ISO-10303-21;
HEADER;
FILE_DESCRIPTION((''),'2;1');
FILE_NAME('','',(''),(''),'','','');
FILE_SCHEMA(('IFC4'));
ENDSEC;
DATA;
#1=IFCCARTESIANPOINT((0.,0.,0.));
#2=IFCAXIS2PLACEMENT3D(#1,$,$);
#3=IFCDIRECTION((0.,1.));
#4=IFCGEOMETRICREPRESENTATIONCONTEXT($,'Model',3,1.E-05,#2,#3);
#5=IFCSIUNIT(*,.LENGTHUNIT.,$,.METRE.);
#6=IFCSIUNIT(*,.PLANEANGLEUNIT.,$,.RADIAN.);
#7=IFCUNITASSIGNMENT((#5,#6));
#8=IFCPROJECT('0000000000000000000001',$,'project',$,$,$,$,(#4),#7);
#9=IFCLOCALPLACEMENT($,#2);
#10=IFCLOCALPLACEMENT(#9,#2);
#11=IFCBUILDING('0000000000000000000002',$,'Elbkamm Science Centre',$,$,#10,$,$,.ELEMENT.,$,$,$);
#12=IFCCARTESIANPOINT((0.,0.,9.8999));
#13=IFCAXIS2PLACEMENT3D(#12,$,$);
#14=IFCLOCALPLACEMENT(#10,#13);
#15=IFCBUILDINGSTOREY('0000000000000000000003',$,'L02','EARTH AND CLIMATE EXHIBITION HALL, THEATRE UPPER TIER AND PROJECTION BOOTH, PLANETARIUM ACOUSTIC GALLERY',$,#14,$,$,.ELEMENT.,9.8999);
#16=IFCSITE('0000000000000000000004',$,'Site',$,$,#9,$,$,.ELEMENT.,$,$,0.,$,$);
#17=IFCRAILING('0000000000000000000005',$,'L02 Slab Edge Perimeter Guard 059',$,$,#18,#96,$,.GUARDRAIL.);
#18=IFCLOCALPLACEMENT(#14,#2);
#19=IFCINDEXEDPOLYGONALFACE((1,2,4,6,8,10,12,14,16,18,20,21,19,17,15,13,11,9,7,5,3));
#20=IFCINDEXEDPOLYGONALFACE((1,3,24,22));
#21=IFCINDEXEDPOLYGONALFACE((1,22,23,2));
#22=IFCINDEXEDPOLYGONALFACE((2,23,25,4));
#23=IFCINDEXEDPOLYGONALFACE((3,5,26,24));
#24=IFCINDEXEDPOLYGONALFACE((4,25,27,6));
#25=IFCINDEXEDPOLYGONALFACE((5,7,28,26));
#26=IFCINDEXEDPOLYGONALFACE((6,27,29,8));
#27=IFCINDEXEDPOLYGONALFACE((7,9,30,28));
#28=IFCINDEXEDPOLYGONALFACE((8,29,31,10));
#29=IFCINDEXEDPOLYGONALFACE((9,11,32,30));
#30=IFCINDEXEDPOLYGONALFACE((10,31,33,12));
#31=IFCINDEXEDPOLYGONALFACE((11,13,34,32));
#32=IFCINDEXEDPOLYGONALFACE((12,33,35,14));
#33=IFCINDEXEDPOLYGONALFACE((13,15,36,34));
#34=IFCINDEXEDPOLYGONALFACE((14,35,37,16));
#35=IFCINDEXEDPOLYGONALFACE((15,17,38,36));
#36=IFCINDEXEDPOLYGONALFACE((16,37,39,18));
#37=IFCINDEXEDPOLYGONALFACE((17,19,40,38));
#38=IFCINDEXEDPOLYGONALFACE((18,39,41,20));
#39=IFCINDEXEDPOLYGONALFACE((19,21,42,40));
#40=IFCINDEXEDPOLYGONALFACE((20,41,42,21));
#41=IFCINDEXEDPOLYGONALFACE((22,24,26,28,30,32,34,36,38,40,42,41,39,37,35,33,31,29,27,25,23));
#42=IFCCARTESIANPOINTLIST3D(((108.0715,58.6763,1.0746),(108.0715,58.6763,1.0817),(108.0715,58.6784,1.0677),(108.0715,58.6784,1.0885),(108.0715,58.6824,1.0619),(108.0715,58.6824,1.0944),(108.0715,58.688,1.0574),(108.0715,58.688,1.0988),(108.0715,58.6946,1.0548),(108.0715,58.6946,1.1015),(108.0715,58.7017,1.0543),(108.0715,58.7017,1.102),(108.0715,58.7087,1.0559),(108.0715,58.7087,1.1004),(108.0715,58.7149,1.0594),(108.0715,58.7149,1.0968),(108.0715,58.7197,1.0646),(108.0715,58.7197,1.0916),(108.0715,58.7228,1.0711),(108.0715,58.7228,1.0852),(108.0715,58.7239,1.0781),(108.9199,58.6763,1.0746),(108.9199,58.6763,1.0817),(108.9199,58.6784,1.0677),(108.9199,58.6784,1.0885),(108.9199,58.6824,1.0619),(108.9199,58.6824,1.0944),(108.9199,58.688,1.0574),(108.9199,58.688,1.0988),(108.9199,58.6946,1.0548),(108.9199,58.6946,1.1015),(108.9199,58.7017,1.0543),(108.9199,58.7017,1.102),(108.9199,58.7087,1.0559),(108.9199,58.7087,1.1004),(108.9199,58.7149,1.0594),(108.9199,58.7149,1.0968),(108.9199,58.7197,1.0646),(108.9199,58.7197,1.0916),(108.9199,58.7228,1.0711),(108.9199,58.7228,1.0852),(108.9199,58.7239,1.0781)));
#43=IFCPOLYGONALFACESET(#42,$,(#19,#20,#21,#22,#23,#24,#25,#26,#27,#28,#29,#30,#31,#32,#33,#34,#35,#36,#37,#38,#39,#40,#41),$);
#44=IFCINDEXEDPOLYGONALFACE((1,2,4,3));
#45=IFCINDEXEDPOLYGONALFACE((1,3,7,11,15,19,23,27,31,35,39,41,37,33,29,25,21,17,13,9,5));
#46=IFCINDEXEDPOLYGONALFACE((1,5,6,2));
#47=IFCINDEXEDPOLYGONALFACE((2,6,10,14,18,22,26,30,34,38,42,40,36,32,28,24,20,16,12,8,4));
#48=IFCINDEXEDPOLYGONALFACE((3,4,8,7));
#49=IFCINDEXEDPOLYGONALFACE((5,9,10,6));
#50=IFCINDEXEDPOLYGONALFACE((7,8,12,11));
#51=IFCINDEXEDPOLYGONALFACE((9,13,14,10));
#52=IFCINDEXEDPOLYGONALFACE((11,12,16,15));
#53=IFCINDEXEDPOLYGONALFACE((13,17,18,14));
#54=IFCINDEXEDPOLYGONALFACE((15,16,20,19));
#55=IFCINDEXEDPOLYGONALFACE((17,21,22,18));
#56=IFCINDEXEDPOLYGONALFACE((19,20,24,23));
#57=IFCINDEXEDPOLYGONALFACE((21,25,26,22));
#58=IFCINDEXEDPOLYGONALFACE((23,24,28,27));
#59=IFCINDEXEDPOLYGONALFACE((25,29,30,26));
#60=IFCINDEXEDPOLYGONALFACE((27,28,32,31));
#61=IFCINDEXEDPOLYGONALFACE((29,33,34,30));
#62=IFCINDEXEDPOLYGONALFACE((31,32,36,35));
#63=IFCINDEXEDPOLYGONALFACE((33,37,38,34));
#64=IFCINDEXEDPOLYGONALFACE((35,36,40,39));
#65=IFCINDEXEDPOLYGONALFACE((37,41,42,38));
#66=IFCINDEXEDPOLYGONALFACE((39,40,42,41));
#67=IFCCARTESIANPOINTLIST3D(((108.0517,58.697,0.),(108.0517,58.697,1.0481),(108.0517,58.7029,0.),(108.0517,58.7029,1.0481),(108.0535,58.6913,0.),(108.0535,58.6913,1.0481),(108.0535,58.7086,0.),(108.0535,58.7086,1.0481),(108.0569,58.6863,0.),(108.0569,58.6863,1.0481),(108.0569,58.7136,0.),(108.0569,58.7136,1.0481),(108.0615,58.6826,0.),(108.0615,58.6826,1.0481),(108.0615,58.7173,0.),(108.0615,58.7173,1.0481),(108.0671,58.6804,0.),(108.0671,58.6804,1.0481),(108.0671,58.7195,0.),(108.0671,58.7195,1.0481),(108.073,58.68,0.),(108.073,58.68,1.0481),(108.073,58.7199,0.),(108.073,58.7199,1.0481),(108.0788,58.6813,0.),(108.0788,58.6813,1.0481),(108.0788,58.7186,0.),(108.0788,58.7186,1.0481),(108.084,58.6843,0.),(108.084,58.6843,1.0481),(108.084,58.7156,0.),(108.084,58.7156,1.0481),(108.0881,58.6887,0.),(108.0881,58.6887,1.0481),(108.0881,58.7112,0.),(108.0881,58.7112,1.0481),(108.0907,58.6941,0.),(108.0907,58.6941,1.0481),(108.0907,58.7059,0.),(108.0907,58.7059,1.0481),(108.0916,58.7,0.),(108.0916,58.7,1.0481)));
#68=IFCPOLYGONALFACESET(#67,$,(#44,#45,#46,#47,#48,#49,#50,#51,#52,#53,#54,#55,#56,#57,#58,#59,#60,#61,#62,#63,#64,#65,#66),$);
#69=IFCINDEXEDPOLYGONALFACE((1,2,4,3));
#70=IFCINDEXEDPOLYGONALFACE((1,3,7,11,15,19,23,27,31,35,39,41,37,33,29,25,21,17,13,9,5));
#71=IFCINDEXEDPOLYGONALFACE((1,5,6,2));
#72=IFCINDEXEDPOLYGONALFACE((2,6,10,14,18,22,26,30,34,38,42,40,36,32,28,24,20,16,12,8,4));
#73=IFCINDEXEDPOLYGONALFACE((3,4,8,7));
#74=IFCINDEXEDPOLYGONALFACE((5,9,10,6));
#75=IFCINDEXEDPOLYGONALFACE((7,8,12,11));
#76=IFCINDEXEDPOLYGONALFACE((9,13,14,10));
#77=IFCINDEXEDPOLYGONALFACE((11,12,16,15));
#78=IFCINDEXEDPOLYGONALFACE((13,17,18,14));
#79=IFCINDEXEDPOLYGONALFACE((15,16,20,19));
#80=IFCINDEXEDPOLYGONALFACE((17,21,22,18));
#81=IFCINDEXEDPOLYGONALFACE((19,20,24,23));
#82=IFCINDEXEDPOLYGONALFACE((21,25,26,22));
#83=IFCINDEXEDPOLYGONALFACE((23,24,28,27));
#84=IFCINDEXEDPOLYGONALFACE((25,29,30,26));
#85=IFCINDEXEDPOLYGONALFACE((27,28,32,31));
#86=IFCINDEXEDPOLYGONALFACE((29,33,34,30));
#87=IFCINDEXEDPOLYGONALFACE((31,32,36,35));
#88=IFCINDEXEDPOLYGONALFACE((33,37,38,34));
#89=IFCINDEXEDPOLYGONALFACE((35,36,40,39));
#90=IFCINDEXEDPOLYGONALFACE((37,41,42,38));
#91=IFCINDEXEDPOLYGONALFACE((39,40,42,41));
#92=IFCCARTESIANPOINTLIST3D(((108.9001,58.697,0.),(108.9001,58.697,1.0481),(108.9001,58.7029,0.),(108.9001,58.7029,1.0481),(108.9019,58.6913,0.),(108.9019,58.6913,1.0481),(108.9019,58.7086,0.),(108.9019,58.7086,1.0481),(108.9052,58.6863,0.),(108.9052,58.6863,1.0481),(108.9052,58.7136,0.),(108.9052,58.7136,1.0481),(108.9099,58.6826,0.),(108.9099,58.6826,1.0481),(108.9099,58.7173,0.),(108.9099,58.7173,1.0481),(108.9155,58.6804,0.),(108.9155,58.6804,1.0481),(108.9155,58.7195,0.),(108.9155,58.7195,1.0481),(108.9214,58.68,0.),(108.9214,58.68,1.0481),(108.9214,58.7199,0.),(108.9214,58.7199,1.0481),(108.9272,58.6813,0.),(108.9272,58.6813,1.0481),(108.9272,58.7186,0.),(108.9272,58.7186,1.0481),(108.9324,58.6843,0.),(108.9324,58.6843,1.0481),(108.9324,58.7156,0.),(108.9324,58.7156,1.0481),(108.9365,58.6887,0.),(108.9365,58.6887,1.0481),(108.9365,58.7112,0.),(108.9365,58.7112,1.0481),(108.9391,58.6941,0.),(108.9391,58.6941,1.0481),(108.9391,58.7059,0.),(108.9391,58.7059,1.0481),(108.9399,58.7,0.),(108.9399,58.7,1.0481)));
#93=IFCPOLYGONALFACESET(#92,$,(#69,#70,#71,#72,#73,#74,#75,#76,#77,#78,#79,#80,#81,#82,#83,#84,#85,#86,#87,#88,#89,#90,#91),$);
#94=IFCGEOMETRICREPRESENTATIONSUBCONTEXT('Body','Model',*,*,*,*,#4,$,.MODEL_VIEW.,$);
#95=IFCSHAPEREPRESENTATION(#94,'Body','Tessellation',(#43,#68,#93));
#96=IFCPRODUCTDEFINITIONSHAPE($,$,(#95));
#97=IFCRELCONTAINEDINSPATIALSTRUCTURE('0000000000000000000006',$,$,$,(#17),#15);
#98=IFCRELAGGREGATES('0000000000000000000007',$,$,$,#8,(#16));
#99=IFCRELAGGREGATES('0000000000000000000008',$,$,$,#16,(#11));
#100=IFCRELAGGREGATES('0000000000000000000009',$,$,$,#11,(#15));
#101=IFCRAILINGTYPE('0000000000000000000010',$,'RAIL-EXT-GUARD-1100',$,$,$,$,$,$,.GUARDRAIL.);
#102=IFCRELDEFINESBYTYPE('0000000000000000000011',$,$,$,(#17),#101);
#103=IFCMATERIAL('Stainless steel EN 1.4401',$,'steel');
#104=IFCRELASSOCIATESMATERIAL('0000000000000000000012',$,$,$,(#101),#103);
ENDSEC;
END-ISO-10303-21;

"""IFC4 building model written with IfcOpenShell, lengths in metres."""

from ifc_helpers import new_model, si_unit, direction, frame, origin, origin_2d, place, context, subcontext, project, spatial, circle, extrude, material, type_object, element, save


model = new_model("IFC4")

# Units and contexts
model_context = context("Model", 3, precision=1e-05, world=origin(), true_north=direction((0.0, 1.0)))
body_context = subcontext(model_context, "Body", "Model", "MODEL_VIEW")
ifc_project = project(units=[si_unit("LENGTHUNIT", "METRE"), si_unit("PLANEANGLEUNIT", "RADIAN")], contexts=[model_context])

# Site, building, storey
site_placement = place(None, origin())
site = spatial("IfcSite", under=ifc_project, at=site_placement, Name="Site", CompositionType="ELEMENT", RefElevation=0.0)
building_placement = place(site_placement, origin())
building = spatial("IfcBuilding", under=site, at=building_placement, Name="Elbkamm Science Centre", CompositionType="ELEMENT")
storey_placement = place(building_placement, frame((0.0, 0.0, 9.8999)))
storey = spatial("IfcBuildingStorey", under=building, at=storey_placement, Name="L02", Description="EARTH AND CLIMATE EXHIBITION HALL, THEATRE UPPER TIER AND PROJECTION BOOTH, PLANETARIUM ACOUSTIC GALLERY", CompositionType="ELEMENT", Elevation=9.8999)

# Railing
ifc_material_1 = material(Name="Stainless steel EN 1.4401", Category="steel")
railing_type = type_object("IfcRailingType", Name="RAIL-EXT-GUARD-1100", PredefinedType="GUARDRAIL", material=ifc_material_1)
railing_1_placement = place(storey_placement, frame((108.0715, 58.7, 0.0)))
element("IfcRailing", 1, at=railing_1_placement, inside=storey, type_object=railing_type, Name="L02 Slab Edge Perimeter Guard 059", PredefinedType="GUARDRAIL", context=body_context, shape_type="SweptSolid", body=[
    extrude(circle(Radius=0.0239, at=origin_2d()), frame((0.0, 0.0, 1.0781), z_axis=(1.0, 0.0, 0.0), x_axis=(0.0, 1.0, 0.0)), (0.0, 0.0, 1.0), 0.8484),
    extrude(circle(Radius=0.02, at=origin_2d()), origin(), (0.0, 0.0, 1.0), 1.0481),
    extrude(circle(Radius=0.02, at=origin_2d()), frame((0.8484, 0.0, 0.0)), (0.0, 0.0, 1.0), 1.0481),
])

save(model, "model.ifc")
